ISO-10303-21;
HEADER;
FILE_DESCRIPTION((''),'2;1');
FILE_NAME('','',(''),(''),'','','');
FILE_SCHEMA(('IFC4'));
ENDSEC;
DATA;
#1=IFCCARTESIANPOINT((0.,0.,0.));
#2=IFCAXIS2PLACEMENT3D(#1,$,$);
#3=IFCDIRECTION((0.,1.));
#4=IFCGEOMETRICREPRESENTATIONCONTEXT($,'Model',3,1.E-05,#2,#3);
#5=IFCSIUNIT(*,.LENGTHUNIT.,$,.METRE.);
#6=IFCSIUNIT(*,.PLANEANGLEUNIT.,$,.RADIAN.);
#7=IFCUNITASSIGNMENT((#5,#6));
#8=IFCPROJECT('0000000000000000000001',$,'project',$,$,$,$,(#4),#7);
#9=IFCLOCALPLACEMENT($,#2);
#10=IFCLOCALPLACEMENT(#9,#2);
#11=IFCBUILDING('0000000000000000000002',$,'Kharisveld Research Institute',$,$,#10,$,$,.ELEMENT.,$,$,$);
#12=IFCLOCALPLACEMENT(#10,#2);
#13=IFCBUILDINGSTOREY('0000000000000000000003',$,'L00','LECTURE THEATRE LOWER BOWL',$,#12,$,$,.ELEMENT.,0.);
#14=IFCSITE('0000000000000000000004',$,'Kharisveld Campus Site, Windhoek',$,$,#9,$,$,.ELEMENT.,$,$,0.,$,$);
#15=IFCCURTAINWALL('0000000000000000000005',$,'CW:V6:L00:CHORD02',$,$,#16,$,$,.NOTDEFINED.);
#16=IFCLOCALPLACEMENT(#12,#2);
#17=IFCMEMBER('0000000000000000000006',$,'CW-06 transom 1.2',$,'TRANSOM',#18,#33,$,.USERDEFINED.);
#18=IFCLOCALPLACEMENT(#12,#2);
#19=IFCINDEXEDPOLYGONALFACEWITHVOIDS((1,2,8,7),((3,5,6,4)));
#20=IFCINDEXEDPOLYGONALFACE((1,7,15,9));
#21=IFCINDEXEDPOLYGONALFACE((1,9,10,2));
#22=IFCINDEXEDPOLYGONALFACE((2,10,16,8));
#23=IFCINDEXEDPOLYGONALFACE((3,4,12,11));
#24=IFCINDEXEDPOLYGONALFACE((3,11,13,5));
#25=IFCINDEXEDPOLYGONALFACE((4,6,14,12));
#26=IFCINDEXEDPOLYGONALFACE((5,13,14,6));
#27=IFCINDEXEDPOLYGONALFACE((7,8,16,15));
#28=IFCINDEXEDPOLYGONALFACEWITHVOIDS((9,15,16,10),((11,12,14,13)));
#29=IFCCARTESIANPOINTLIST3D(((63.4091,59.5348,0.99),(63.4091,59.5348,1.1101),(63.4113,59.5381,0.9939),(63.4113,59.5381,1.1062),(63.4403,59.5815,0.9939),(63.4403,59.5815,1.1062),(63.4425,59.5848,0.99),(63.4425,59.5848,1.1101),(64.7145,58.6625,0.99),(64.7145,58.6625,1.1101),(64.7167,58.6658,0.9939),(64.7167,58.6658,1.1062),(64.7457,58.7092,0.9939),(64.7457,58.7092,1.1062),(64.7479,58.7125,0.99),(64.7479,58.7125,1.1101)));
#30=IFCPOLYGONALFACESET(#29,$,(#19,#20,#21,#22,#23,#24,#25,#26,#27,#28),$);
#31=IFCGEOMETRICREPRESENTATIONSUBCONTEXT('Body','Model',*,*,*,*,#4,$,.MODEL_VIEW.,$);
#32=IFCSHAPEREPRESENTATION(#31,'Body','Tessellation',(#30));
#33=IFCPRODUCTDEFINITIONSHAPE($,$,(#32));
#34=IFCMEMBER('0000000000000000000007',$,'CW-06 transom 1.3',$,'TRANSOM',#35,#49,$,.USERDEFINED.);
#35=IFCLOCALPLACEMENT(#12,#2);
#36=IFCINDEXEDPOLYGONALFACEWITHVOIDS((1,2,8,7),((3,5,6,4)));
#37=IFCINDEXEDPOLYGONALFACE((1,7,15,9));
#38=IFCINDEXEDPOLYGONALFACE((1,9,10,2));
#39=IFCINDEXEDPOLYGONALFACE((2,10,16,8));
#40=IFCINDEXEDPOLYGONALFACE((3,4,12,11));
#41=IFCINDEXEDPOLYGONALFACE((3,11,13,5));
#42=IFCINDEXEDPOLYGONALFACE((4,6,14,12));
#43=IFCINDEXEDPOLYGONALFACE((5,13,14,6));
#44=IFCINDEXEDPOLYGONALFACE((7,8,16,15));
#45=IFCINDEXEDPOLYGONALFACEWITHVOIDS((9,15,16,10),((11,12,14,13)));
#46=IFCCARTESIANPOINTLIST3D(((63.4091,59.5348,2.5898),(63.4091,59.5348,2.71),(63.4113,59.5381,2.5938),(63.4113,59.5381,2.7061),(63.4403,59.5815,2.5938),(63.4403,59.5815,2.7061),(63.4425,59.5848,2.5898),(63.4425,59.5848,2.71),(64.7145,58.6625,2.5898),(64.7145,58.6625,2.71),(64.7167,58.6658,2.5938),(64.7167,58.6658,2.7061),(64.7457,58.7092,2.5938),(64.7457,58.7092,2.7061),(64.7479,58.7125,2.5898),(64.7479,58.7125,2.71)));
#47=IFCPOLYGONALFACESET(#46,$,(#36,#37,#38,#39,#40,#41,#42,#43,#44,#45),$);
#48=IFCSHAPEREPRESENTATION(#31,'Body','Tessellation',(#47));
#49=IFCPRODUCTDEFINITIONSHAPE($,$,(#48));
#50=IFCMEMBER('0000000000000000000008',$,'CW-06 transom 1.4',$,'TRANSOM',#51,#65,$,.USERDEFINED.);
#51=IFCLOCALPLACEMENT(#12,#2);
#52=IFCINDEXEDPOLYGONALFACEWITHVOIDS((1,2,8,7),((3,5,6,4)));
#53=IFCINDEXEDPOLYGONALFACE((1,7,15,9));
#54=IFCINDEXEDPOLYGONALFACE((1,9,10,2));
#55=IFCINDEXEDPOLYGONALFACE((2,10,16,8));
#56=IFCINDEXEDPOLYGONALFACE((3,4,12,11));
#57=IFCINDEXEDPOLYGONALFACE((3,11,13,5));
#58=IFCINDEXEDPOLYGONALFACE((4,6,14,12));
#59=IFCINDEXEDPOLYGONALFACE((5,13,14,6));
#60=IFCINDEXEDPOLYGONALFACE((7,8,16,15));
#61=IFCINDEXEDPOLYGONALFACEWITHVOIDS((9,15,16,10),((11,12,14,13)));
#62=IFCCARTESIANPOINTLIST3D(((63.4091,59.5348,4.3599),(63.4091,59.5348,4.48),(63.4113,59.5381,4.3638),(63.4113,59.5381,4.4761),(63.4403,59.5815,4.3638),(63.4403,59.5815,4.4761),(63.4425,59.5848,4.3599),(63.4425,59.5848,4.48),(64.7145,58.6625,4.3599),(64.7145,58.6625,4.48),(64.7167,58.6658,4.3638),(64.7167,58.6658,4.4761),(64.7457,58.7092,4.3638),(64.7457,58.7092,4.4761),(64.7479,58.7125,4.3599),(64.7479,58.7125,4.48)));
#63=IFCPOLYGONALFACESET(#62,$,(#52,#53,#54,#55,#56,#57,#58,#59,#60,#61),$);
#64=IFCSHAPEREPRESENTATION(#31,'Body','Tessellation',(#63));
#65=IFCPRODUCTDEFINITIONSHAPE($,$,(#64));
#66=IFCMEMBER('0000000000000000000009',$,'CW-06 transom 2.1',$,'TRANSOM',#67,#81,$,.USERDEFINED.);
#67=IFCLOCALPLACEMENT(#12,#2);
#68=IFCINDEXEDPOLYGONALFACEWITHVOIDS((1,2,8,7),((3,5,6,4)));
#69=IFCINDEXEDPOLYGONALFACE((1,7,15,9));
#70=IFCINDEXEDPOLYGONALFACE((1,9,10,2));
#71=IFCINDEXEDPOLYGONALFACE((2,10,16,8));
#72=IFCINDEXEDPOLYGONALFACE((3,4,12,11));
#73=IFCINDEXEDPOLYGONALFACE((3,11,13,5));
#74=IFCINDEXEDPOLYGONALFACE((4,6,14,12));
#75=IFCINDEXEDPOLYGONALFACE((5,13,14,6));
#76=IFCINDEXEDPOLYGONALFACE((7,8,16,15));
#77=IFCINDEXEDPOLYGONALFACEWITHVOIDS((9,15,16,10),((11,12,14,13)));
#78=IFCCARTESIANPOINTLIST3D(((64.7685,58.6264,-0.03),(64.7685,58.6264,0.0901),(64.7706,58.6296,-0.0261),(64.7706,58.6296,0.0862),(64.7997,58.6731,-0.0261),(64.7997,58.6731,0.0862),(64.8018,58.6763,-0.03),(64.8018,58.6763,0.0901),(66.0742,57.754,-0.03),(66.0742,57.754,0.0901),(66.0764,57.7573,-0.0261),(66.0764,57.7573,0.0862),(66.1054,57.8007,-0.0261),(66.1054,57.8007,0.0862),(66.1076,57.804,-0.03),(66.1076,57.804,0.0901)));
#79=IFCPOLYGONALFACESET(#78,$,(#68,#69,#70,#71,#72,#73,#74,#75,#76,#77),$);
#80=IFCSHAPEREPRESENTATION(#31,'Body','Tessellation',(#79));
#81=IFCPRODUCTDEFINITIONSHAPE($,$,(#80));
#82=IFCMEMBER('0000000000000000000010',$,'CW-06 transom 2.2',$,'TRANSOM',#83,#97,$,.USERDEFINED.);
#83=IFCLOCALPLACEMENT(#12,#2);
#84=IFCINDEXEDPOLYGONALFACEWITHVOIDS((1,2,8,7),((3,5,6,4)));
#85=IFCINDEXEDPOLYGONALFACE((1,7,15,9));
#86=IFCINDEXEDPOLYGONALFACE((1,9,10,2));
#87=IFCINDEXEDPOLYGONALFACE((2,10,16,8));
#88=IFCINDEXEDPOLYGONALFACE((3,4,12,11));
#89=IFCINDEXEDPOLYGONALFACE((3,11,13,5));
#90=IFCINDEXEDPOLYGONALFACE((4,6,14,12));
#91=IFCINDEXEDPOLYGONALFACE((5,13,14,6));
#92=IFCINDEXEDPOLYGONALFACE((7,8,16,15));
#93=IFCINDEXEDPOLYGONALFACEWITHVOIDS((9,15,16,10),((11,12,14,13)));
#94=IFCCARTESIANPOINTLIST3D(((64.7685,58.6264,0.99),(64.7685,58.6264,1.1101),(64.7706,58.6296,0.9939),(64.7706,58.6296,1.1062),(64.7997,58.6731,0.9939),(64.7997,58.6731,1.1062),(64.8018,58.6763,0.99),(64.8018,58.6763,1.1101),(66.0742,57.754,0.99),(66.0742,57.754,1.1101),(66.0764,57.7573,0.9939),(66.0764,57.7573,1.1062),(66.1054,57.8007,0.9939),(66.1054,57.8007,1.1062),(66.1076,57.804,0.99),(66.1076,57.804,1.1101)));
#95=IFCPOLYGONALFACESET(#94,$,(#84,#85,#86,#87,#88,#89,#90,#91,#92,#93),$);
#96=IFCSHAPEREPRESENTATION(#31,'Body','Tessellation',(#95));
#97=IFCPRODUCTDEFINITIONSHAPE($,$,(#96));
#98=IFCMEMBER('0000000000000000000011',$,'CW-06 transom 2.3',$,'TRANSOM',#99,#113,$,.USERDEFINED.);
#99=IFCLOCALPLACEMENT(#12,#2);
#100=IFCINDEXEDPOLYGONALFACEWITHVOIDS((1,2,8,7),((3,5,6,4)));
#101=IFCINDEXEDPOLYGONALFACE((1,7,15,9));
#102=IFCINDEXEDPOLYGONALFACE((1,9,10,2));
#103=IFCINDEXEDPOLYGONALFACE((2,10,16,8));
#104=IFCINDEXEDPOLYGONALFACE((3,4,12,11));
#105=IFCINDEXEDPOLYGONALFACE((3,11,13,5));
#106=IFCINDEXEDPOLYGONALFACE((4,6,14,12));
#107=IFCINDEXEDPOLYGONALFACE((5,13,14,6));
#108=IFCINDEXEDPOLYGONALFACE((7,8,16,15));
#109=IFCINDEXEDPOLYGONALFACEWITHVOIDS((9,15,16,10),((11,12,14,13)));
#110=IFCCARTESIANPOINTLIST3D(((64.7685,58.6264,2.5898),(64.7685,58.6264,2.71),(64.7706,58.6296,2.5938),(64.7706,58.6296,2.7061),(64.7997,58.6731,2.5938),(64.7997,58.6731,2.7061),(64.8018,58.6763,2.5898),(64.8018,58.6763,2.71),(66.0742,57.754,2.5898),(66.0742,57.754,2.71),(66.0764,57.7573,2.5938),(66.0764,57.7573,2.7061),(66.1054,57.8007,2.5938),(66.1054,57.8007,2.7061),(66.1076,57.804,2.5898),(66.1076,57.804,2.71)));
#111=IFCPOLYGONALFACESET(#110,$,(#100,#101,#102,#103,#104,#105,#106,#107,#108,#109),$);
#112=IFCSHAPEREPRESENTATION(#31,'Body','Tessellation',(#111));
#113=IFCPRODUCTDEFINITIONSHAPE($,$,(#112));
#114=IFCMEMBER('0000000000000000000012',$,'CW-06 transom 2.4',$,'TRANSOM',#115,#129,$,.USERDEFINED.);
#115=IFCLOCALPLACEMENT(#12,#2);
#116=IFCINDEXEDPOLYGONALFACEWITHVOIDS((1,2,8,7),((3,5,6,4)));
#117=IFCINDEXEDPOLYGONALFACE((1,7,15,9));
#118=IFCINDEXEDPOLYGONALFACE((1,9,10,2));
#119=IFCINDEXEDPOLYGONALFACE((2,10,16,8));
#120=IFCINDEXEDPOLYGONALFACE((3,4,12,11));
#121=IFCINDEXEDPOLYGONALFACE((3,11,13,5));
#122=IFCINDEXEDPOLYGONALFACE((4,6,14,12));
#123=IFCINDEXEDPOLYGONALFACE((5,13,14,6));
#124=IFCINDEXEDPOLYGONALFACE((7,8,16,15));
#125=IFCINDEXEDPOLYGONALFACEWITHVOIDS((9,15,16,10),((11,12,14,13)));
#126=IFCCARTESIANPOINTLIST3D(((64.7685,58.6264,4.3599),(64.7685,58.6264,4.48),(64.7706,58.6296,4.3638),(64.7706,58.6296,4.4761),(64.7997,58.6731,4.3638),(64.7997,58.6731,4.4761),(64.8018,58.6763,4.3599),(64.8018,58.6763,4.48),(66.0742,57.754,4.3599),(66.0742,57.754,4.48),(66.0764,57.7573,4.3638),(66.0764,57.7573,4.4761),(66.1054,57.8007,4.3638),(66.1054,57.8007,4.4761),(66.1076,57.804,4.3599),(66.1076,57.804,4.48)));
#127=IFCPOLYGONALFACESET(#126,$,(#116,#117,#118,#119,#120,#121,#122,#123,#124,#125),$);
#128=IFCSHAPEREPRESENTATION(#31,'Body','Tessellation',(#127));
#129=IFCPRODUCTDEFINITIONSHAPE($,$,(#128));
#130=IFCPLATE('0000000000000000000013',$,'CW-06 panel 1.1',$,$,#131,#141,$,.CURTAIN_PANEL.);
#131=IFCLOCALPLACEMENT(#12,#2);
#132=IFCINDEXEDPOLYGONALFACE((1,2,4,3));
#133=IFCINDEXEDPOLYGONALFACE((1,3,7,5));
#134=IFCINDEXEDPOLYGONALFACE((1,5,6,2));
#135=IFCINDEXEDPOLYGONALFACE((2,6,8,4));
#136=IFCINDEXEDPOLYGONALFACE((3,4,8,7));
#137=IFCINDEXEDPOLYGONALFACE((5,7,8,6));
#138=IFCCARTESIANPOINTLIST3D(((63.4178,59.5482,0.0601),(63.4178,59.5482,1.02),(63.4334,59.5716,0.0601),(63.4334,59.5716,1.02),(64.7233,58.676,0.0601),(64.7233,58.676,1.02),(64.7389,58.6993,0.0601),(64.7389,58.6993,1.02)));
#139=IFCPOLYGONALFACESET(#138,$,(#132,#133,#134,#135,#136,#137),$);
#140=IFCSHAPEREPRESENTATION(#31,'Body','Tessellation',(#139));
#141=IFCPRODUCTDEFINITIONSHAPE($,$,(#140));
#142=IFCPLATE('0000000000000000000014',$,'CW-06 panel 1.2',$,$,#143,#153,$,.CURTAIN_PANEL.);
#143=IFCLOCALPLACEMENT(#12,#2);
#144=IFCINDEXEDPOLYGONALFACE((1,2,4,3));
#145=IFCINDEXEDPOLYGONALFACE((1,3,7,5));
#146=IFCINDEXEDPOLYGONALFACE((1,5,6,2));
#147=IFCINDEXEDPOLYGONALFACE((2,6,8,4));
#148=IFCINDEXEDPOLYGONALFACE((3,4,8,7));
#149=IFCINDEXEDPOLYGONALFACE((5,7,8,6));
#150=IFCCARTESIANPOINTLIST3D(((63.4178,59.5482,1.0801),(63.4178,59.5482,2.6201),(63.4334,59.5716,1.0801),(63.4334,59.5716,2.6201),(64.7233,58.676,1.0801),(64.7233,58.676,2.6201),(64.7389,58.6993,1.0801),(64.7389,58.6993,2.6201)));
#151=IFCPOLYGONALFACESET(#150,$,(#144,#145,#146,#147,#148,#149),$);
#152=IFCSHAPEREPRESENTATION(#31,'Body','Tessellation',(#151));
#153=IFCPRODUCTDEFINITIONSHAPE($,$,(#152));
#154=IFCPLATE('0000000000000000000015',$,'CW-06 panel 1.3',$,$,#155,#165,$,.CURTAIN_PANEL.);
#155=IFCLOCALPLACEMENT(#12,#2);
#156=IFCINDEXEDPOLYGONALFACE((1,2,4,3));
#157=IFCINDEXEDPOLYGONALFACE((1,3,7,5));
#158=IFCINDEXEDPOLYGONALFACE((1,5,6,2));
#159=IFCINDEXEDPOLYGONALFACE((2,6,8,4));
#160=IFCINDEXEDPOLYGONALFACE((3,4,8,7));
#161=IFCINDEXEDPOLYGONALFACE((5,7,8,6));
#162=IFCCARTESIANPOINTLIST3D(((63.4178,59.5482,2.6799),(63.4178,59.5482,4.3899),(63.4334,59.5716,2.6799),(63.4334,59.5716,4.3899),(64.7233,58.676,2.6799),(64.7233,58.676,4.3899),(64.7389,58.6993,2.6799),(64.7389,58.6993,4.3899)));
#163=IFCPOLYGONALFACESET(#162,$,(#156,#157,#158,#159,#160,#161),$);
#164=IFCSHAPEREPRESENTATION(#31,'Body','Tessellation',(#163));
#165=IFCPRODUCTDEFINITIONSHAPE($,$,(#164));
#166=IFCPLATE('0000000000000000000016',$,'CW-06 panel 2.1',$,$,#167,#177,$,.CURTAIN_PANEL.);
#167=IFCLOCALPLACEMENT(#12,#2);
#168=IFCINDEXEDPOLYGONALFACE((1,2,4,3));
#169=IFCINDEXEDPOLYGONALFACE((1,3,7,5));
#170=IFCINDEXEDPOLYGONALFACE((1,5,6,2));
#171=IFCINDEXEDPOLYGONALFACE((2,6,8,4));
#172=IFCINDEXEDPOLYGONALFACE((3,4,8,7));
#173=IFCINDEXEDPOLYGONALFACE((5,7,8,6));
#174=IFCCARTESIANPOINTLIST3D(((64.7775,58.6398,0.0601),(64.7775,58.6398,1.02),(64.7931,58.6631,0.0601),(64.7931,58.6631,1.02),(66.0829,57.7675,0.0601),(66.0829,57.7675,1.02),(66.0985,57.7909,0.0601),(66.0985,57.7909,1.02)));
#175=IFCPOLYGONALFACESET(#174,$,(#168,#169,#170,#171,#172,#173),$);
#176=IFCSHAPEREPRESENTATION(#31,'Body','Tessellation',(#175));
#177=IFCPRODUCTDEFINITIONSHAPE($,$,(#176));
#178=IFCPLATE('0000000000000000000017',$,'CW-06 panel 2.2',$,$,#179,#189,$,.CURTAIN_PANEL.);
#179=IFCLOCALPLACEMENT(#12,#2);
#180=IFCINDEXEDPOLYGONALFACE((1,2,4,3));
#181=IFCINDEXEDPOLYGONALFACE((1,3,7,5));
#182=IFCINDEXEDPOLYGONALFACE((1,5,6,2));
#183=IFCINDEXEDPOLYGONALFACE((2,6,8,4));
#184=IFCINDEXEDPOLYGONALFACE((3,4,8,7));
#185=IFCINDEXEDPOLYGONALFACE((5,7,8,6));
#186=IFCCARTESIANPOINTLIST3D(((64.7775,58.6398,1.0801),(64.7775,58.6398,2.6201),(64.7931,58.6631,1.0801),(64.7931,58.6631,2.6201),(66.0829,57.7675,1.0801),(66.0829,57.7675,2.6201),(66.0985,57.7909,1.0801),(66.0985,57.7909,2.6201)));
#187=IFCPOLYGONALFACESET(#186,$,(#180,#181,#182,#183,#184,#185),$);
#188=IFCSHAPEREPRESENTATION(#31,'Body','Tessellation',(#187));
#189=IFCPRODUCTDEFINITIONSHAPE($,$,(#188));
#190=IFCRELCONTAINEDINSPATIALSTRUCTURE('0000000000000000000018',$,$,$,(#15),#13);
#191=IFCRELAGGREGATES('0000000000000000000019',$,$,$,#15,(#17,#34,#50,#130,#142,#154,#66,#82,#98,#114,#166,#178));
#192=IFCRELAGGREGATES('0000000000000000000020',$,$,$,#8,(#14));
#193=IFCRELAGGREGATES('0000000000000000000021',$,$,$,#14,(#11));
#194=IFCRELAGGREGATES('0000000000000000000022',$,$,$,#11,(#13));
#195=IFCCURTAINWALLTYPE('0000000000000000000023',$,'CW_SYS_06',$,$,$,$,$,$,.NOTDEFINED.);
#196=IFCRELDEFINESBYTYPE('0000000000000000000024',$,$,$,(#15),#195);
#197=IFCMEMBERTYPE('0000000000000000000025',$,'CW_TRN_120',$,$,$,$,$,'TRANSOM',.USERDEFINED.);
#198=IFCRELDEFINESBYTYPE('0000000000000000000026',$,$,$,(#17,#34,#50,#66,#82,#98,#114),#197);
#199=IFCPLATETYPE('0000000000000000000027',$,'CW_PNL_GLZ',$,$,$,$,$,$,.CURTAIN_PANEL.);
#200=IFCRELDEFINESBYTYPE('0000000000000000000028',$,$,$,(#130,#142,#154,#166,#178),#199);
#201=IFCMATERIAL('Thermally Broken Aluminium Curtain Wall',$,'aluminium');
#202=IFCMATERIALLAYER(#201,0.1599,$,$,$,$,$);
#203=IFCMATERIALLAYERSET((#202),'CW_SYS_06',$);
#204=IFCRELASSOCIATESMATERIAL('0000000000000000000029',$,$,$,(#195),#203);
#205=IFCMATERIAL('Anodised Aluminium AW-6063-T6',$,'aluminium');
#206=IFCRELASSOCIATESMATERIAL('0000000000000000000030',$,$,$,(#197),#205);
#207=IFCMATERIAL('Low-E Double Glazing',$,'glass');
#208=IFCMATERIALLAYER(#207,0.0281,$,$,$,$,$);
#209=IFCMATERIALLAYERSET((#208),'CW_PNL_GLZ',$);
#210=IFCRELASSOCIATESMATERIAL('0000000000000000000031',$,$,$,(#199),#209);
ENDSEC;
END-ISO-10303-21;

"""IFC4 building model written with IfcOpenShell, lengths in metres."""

from ifc_helpers import new_model, si_unit, direction, frame, origin, origin_2d, place, context, subcontext, project, spatial, rectangle, hollow_rectangle, extrude, material, layer, layer_set, material_profile, profile_set, type_object, element, aggregate, save


model = new_model("IFC4")

# Units and contexts
model_context = context("Model", 3, precision=1e-05, world=origin(), true_north=direction((0.0, 1.0)))
body_context = subcontext(model_context, "Body", "Model", "MODEL_VIEW")
ifc_project = project(units=[si_unit("LENGTHUNIT", "METRE"), si_unit("PLANEANGLEUNIT", "RADIAN")], contexts=[model_context])

# Site, building, storey
site_placement = place(None, origin())
site = spatial("IfcSite", under=ifc_project, at=site_placement, Name="Kharisveld Campus Site, Windhoek", CompositionType="ELEMENT", RefElevation=0.0)
building_placement = place(site_placement, origin())
building = spatial("IfcBuilding", under=site, at=building_placement, Name="Kharisveld Research Institute", CompositionType="ELEMENT")
storey_placement = place(building_placement, origin())
storey = spatial("IfcBuildingStorey", under=building, at=storey_placement, Name="L00", Description="LECTURE THEATRE LOWER BOWL", CompositionType="ELEMENT", Elevation=0.0)

# Curtain wall
ifc_material_1 = material(Name="Thermally Broken Aluminium Curtain Wall", Category="aluminium")
ifc_layer_1 = layer(ifc_material_1, 0.1599)
ifc_layer_set_1 = layer_set([ifc_layer_1], Name="CW_SYS_06")
curtain_wall_type_1 = type_object("IfcCurtainWallType", Name="CW_SYS_06", PredefinedType="NOTDEFINED", material=ifc_layer_set_1)
curtain_wall_1_placement = place(storey_placement, origin())
curtain_wall_1 = element("IfcCurtainWall", 1, at=curtain_wall_1_placement, inside=storey, type_object=curtain_wall_type_1, Name="CW:V6:L00:CHORD02", PredefinedType="NOTDEFINED")

# Members
ifc_material_2 = material(Name="Anodised Aluminium AW-6063-T6", Category="aluminium")
ifc_material_profile_1 = material_profile(ifc_material_2, hollow_rectangle(XDim=0.0601, YDim=0.1201, WallThickness=0.0039, at=origin_2d()))
ifc_profile_set_1 = profile_set([ifc_material_profile_1], Name="Anodised Aluminium AW-6063-T6")
member_type_1 = type_object("IfcMemberType", Name="CW_TRN_120", ElementType="TRANSOM", PredefinedType="USERDEFINED", material=ifc_profile_set_1)
member_1_placement = place(storey_placement, frame((63.4258, 59.5598, 1.05), z_axis=(0.831452, -0.555597, 0.0), x_axis=(0.555597, 0.831452, 0.0)))
member_1 = element("IfcMember", 2, at=member_1_placement, type_object=member_type_1, Name="CW-06 transom 1.2", ObjectType="TRANSOM", PredefinedType="USERDEFINED", context=body_context, shape_type="SweptSolid", body=[
    extrude(hollow_rectangle(XDim=0.0601, YDim=0.1201, WallThickness=0.0039, at=origin_2d()), origin(), (0.0, 0.0, 1.0), 1.5701),
])
member_2_placement = place(storey_placement, frame((63.4258, 59.5598, 2.6499), z_axis=(0.831452, -0.555597, 0.0), x_axis=(0.555597, 0.831452, 0.0)))
member_2 = element("IfcMember", 3, at=member_2_placement, type_object=member_type_1, Name="CW-06 transom 1.3", ObjectType="TRANSOM", PredefinedType="USERDEFINED", context=body_context, shape_type="SweptSolid", body=[
    extrude(hollow_rectangle(XDim=0.0601, YDim=0.1201, WallThickness=0.0039, at=origin_2d()), origin(), (0.0, 0.0, 1.0), 1.5701),
])
member_3_placement = place(storey_placement, frame((63.4258, 59.5598, 4.4199), z_axis=(0.831452, -0.555597, 0.0), x_axis=(0.555597, 0.831452, 0.0)))
member_3 = element("IfcMember", 4, at=member_3_placement, type_object=member_type_1, Name="CW-06 transom 1.4", ObjectType="TRANSOM", PredefinedType="USERDEFINED", context=body_context, shape_type="SweptSolid", body=[
    extrude(hollow_rectangle(XDim=0.0601, YDim=0.1201, WallThickness=0.0039, at=origin_2d()), origin(), (0.0, 0.0, 1.0), 1.5701),
])
member_4_placement = place(storey_placement, frame((64.7852, 58.6514, 0.03), z_axis=(0.8315, -0.555525, 0.0), x_axis=(0.555525, 0.8315, 0.0)))
member_4 = element("IfcMember", 5, at=member_4_placement, type_object=member_type_1, Name="CW-06 transom 2.1", ObjectType="TRANSOM", PredefinedType="USERDEFINED", context=body_context, shape_type="SweptSolid", body=[
    extrude(hollow_rectangle(XDim=0.0601, YDim=0.1201, WallThickness=0.0039, at=origin_2d()), origin(), (0.0, 0.0, 1.0), 1.5703),
])
member_5_placement = place(storey_placement, frame((64.7852, 58.6514, 1.05), z_axis=(0.8315, -0.555525, 0.0), x_axis=(0.555525, 0.8315, 0.0)))
member_5 = element("IfcMember", 6, at=member_5_placement, type_object=member_type_1, Name="CW-06 transom 2.2", ObjectType="TRANSOM", PredefinedType="USERDEFINED", context=body_context, shape_type="SweptSolid", body=[
    extrude(hollow_rectangle(XDim=0.0601, YDim=0.1201, WallThickness=0.0039, at=origin_2d()), origin(), (0.0, 0.0, 1.0), 1.5703),
])
member_6_placement = place(storey_placement, frame((64.7852, 58.6514, 2.6499), z_axis=(0.8315, -0.555525, 0.0), x_axis=(0.555525, 0.8315, 0.0)))
member_6 = element("IfcMember", 7, at=member_6_placement, type_object=member_type_1, Name="CW-06 transom 2.3", ObjectType="TRANSOM", PredefinedType="USERDEFINED", context=body_context, shape_type="SweptSolid", body=[
    extrude(hollow_rectangle(XDim=0.0601, YDim=0.1201, WallThickness=0.0039, at=origin_2d()), origin(), (0.0, 0.0, 1.0), 1.5703),
])
member_7_placement = place(storey_placement, frame((64.7852, 58.6514, 4.4199), z_axis=(0.8315, -0.555525, 0.0), x_axis=(0.555525, 0.8315, 0.0)))
member_7 = element("IfcMember", 8, at=member_7_placement, type_object=member_type_1, Name="CW-06 transom 2.4", ObjectType="TRANSOM", PredefinedType="USERDEFINED", context=body_context, shape_type="SweptSolid", body=[
    extrude(hollow_rectangle(XDim=0.0601, YDim=0.1201, WallThickness=0.0039, at=origin_2d()), origin(), (0.0, 0.0, 1.0), 1.5703),
])

# Plates
ifc_material_3 = material(Name="Low-E Double Glazing", Category="glass")
ifc_layer_2 = layer(ifc_material_3, 0.0281)
ifc_layer_set_2 = layer_set([ifc_layer_2], Name="CW_PNL_GLZ")
plate_type = type_object("IfcPlateType", Name="CW_PNL_GLZ", PredefinedType="CURTAIN_PANEL", material=ifc_layer_set_2)
plate_1_placement = place(storey_placement, frame((64.0784, 59.1238, 0.0601), z_axis=(0.0, 0.0, 1.0), x_axis=(0.83147, -0.55557, 0.0)))
plate_1 = element("IfcPlate", 9, at=plate_1_placement, type_object=plate_type, Name="CW-06 panel 1.1", PredefinedType="CURTAIN_PANEL", context=body_context, shape_type="SweptSolid", body=[
    extrude(rectangle(XDim=1.5701, YDim=0.0281, at=origin_2d()), origin(), (0.0, 0.0, 1.0), 0.96),
])
plate_2_placement = place(storey_placement, frame((64.0784, 59.1238, 1.0801), z_axis=(0.0, 0.0, 1.0), x_axis=(0.83147, -0.55557, 0.0)))
plate_2 = element("IfcPlate", 10, at=plate_2_placement, type_object=plate_type, Name="CW-06 panel 1.2", PredefinedType="CURTAIN_PANEL", context=body_context, shape_type="SweptSolid", body=[
    extrude(rectangle(XDim=1.5701, YDim=0.0281, at=origin_2d()), origin(), (0.0, 0.0, 1.0), 1.54),
])
plate_3_placement = place(storey_placement, frame((64.0784, 59.1238, 2.6799), z_axis=(0.0, 0.0, 1.0), x_axis=(0.83147, -0.55557, 0.0)))
plate_3 = element("IfcPlate", 11, at=plate_3_placement, type_object=plate_type, Name="CW-06 panel 1.3", PredefinedType="CURTAIN_PANEL", context=body_context, shape_type="SweptSolid", body=[
    extrude(rectangle(XDim=1.5701, YDim=0.0281, at=origin_2d()), origin(), (0.0, 0.0, 1.0), 1.71),
])
plate_4_placement = place(storey_placement, frame((65.438, 58.2153, 0.0601), z_axis=(0.0, 0.0, 1.0), x_axis=(0.83147, -0.55557, 0.0)))
plate_4 = element("IfcPlate", 12, at=plate_4_placement, type_object=plate_type, Name="CW-06 panel 2.1", PredefinedType="CURTAIN_PANEL", context=body_context, shape_type="SweptSolid", body=[
    extrude(rectangle(XDim=1.5701, YDim=0.0281, at=origin_2d()), origin(), (0.0, 0.0, 1.0), 0.96),
])
plate_5_placement = place(storey_placement, frame((65.438, 58.2153, 1.0801), z_axis=(0.0, 0.0, 1.0), x_axis=(0.83147, -0.55557, 0.0)))
plate_5 = element("IfcPlate", 13, at=plate_5_placement, type_object=plate_type, Name="CW-06 panel 2.2", PredefinedType="CURTAIN_PANEL", context=body_context, shape_type="SweptSolid", body=[
    extrude(rectangle(XDim=1.5701, YDim=0.0281, at=origin_2d()), origin(), (0.0, 0.0, 1.0), 1.54),
])
aggregate(curtain_wall_1, [member_1, member_2, member_3, plate_1, plate_2, plate_3, member_4, member_5, member_6, member_7, plate_4, plate_5])

save(model, "model.ifc")
